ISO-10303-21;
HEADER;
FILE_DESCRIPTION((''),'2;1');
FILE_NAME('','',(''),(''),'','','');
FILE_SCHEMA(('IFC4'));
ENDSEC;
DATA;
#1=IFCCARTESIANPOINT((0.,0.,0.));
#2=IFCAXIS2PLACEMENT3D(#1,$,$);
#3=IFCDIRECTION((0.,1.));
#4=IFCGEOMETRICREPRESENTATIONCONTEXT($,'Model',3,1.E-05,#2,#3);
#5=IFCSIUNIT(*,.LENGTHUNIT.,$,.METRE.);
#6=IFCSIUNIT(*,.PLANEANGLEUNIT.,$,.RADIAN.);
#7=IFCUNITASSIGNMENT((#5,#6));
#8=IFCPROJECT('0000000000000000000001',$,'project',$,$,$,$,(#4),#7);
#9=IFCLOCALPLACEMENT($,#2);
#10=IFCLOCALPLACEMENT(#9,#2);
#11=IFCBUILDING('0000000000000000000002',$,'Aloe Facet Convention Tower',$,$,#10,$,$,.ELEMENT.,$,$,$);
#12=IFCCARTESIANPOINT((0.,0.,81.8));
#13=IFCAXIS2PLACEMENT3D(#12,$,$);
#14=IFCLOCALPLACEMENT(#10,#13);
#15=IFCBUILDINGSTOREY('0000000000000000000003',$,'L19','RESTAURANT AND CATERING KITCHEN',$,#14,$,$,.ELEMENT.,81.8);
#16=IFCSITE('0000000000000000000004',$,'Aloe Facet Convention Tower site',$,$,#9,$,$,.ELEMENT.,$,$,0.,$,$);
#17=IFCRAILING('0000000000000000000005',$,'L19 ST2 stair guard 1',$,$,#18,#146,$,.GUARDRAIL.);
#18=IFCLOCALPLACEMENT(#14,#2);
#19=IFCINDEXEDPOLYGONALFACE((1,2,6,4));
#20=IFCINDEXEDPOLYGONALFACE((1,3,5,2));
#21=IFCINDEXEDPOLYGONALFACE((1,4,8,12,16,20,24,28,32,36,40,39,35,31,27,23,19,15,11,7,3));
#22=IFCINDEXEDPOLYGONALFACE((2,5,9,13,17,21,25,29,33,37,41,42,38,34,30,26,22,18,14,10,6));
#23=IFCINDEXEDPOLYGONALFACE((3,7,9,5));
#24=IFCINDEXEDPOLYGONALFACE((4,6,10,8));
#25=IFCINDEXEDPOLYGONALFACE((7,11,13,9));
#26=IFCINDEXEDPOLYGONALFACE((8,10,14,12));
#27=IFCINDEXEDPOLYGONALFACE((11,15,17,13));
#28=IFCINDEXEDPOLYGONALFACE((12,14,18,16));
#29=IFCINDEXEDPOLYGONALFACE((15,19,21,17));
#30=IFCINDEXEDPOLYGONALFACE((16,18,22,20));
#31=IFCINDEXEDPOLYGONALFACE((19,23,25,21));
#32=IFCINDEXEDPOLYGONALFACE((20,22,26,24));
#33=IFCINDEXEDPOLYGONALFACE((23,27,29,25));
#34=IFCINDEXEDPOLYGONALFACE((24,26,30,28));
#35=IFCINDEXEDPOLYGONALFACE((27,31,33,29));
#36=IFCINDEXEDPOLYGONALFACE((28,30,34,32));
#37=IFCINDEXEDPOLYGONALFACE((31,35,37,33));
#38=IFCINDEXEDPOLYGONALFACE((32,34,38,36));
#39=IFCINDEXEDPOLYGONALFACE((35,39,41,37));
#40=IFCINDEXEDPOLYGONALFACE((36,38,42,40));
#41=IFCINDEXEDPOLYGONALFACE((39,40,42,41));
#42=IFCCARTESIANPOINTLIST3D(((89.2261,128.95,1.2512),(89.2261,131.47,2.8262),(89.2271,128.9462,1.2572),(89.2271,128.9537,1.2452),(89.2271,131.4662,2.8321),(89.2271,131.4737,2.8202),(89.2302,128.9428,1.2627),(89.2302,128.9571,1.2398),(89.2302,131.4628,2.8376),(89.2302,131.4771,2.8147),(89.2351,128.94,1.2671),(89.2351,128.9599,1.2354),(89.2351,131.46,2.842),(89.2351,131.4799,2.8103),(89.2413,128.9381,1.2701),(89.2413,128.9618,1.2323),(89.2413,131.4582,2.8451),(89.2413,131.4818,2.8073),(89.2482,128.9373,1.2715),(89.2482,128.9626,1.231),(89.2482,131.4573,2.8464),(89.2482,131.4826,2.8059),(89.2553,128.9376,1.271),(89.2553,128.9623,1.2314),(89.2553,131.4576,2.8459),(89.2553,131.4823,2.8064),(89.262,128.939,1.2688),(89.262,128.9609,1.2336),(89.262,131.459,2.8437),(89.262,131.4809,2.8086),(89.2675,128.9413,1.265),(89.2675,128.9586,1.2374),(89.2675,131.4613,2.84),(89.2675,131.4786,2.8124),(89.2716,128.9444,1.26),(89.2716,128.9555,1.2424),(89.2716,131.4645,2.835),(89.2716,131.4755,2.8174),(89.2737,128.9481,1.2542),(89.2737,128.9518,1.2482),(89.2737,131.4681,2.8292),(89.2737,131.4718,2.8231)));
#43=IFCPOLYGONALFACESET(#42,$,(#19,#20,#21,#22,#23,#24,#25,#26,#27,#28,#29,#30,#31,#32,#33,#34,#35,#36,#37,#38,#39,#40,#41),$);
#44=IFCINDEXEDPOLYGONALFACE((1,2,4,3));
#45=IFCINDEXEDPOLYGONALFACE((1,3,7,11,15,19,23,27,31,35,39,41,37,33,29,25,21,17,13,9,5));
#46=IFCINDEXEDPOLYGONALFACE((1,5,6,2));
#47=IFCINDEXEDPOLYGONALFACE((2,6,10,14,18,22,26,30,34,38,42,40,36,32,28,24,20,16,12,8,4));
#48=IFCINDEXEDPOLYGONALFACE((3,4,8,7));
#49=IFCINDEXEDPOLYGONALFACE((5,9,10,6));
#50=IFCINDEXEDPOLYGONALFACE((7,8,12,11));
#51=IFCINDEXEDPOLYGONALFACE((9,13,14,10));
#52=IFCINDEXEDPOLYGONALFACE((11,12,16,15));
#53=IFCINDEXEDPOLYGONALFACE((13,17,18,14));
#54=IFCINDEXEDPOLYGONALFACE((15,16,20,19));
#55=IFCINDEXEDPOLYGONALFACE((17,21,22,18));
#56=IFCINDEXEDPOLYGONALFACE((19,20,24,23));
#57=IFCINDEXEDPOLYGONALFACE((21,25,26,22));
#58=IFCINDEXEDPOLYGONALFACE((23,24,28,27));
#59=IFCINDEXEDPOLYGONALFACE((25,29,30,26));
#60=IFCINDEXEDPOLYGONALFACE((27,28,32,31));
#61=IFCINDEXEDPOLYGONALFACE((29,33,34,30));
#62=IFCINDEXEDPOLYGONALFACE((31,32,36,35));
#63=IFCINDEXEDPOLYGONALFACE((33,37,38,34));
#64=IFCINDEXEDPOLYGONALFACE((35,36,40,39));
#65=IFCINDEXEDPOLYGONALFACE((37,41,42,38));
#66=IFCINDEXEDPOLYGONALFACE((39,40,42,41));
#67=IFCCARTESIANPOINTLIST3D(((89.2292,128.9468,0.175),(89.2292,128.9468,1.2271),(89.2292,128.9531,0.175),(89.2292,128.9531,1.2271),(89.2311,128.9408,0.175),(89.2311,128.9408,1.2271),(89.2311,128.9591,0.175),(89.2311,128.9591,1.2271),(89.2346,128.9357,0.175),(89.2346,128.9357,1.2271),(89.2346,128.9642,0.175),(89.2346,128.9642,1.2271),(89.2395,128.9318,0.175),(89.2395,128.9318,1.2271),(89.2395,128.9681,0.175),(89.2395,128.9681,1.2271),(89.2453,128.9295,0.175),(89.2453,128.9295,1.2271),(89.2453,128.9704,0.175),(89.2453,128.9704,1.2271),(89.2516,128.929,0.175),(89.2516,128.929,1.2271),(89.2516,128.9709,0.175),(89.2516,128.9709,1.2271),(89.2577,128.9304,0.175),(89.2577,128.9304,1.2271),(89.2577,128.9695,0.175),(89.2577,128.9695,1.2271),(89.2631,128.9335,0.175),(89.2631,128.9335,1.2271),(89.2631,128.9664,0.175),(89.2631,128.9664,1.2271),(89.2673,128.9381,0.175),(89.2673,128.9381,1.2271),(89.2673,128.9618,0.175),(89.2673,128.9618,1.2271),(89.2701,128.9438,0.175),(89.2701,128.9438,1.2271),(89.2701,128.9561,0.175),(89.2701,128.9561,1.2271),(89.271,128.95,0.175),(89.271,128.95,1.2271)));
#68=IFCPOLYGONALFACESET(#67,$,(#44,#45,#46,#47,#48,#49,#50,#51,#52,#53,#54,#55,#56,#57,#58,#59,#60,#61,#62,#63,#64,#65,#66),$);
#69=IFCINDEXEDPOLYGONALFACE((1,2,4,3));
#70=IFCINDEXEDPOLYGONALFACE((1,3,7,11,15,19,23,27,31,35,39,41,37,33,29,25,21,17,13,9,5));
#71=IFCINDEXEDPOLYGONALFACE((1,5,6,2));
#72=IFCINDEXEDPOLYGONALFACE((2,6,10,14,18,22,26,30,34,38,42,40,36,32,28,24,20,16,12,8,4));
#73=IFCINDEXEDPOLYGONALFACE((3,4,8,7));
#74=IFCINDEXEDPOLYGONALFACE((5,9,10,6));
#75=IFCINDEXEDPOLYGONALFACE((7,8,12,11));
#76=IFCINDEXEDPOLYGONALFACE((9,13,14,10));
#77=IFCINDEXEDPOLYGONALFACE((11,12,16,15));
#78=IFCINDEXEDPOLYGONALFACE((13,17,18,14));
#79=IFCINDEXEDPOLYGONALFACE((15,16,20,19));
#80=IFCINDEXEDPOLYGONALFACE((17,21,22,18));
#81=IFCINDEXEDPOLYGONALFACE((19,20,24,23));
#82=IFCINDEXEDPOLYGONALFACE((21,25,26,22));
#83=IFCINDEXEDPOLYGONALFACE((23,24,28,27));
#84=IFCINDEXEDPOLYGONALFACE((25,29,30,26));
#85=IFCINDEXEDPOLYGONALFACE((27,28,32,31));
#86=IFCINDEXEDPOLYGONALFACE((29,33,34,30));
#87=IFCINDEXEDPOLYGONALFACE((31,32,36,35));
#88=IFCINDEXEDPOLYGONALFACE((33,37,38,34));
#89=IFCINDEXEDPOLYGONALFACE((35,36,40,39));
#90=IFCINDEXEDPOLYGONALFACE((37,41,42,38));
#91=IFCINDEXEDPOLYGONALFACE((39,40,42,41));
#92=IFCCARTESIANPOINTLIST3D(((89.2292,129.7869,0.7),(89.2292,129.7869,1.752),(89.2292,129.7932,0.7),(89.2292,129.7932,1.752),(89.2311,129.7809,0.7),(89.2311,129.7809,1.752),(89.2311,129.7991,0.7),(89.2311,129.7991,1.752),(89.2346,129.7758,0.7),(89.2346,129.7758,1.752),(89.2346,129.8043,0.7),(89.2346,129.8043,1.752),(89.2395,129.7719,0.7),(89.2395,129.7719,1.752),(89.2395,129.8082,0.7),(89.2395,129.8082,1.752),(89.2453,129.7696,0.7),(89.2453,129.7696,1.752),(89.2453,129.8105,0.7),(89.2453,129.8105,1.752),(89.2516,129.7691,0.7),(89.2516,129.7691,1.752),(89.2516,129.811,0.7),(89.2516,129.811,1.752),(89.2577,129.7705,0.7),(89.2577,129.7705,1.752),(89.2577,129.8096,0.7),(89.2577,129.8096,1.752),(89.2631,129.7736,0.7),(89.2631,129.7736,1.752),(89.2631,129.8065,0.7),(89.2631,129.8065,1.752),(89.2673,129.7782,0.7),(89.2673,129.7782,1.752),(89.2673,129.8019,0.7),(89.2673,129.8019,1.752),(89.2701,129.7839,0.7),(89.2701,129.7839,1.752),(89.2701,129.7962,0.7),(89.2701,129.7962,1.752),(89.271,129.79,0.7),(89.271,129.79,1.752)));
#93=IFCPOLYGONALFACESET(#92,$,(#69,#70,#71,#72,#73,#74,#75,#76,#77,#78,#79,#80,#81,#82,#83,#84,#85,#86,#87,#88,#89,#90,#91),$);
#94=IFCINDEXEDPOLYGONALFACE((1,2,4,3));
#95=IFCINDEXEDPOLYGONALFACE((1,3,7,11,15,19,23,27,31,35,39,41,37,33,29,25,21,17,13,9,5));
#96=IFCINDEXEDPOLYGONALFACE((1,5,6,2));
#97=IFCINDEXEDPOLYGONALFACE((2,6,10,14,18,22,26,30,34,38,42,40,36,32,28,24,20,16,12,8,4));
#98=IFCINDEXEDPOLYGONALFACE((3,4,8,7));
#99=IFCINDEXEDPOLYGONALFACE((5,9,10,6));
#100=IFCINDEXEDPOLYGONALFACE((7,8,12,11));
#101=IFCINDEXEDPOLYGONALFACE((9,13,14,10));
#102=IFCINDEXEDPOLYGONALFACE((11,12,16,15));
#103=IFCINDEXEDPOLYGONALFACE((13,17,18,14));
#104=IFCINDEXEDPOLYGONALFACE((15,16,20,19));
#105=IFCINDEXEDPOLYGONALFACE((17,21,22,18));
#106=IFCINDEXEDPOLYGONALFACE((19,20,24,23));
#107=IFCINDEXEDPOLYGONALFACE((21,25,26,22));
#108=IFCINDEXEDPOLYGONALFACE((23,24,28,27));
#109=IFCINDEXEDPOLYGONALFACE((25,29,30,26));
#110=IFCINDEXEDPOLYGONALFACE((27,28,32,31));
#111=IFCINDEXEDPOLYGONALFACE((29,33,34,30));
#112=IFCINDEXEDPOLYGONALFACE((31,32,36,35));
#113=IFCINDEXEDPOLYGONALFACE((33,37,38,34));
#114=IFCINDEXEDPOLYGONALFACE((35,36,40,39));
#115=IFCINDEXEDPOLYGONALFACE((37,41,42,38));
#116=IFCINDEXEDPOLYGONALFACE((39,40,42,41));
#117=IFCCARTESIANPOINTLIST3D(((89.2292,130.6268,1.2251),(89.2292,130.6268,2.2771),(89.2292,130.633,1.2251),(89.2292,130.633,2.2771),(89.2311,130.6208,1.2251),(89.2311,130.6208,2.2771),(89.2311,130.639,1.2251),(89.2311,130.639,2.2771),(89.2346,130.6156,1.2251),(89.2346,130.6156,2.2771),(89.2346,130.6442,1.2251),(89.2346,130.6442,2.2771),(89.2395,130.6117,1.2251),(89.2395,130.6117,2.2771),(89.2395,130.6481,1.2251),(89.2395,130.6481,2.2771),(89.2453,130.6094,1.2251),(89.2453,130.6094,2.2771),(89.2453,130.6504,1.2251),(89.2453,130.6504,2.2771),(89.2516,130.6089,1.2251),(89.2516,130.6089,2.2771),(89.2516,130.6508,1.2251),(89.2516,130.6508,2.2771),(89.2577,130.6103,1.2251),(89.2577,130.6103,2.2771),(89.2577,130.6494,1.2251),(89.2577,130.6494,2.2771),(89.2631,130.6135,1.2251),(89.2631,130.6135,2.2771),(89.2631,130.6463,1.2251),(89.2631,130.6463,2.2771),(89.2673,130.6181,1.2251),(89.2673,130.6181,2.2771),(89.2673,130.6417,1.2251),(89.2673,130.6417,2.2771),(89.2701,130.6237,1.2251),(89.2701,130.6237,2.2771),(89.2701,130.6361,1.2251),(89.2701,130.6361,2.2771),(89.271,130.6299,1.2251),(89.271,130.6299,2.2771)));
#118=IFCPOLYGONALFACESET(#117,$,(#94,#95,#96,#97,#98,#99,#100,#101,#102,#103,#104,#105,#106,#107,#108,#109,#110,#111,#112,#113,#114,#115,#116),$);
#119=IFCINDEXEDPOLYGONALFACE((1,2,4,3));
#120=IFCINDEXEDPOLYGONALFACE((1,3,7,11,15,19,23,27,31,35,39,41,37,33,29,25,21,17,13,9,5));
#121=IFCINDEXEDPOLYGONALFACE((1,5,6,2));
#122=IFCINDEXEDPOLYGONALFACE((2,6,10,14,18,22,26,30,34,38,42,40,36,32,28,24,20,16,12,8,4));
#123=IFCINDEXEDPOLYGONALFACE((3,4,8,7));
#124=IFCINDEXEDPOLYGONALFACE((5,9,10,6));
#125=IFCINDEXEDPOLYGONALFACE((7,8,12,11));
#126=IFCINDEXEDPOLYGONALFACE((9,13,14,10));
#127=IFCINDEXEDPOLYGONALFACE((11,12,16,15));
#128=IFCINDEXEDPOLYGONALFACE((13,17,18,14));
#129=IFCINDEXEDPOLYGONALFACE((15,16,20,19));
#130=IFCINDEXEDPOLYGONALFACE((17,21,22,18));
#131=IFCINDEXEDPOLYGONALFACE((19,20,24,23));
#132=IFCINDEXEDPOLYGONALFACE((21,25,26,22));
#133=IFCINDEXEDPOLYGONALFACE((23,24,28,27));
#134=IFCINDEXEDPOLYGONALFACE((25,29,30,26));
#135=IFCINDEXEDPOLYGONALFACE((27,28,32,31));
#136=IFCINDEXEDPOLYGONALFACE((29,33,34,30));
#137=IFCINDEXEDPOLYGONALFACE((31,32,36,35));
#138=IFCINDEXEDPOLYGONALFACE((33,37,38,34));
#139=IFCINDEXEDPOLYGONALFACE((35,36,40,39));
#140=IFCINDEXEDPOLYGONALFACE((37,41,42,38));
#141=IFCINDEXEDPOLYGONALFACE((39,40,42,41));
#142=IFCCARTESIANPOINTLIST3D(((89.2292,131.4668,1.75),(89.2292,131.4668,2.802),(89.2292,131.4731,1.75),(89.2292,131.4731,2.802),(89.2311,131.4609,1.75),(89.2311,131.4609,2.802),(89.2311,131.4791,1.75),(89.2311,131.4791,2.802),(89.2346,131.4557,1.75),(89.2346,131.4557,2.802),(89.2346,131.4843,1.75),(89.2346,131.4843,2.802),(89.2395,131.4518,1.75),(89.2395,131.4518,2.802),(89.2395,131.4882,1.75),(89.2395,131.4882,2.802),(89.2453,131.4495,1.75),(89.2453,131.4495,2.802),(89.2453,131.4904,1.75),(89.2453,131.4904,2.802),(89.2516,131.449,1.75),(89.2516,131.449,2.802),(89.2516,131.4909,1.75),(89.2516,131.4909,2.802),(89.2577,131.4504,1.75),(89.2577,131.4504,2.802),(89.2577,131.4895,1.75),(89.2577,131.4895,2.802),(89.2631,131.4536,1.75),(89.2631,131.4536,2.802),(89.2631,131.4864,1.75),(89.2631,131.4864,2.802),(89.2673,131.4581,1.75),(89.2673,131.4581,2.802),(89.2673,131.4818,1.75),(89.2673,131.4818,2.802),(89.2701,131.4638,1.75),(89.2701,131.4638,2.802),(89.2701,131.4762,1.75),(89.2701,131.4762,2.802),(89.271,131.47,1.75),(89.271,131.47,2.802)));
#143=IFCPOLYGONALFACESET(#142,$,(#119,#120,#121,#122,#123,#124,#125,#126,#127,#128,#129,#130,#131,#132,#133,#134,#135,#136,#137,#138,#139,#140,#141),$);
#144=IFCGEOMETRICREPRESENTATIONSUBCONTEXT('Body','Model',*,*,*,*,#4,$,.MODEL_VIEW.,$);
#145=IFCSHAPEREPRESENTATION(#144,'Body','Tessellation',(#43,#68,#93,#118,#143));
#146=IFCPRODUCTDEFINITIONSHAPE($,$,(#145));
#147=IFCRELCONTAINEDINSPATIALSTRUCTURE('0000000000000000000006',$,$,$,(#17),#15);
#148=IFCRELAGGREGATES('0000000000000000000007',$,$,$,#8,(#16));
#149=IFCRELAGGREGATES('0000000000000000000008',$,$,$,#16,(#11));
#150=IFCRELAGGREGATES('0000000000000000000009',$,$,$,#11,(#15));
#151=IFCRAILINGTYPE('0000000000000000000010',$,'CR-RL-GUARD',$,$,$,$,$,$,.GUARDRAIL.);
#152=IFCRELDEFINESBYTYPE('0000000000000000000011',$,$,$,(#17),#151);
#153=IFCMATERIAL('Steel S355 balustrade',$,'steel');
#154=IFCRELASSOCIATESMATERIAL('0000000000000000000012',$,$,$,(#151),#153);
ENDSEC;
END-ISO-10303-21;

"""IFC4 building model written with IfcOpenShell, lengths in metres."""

from ifc_helpers import new_model, si_unit, direction, frame, origin, origin_2d, place, context, subcontext, project, spatial, circle, extrude, material, type_object, element, save


model = new_model("IFC4")

# Units and contexts
model_context = context("Model", 3, precision=1e-05, world=origin(), true_north=direction((0.0, 1.0)))
body_context = subcontext(model_context, "Body", "Model", "MODEL_VIEW")
ifc_project = project(units=[si_unit("LENGTHUNIT", "METRE"), si_unit("PLANEANGLEUNIT", "RADIAN")], contexts=[model_context])

# Site, building, storey
site_placement = place(None, origin())
site = spatial("IfcSite", under=ifc_project, at=site_placement, Name="Aloe Facet Convention Tower site", CompositionType="ELEMENT", RefElevation=0.0)
building_placement = place(site_placement, origin())
building = spatial("IfcBuilding", under=site, at=building_placement, Name="Aloe Facet Convention Tower", CompositionType="ELEMENT")
storey_placement = place(building_placement, frame((0.0, 0.0, 81.8)))
storey = spatial("IfcBuildingStorey", under=building, at=storey_placement, Name="L19", Description="RESTAURANT AND CATERING KITCHEN", CompositionType="ELEMENT", Elevation=81.8)

# Railing
ifc_material_1 = material(Name="Steel S355 balustrade", Category="steel")
railing_type_1 = type_object("IfcRailingType", Name="CR-RL-GUARD", PredefinedType="GUARDRAIL", material=ifc_material_1)
railing_1_placement = place(storey_placement, frame((89.25, 128.95, 0.175)))
element("IfcRailing", 1, at=railing_1_placement, inside=storey, type_object=railing_type_1, Name="L19 ST2 stair guard 1", PredefinedType="GUARDRAIL", context=body_context, shape_type="SweptSolid", body=[
    extrude(circle(Radius=0.0239, at=origin_2d()), frame((0.0, 0.0, 1.0762), z_axis=(0.0, 0.848008, 0.529984), x_axis=(-1.0, 0.0, 0.0)), (0.0, 0.0, 1.0), 2.9717),
    extrude(circle(Radius=0.021, at=origin_2d()), origin(), (0.0, 0.0, 1.0), 1.052),
    extrude(circle(Radius=0.021, at=origin_2d()), frame((0.0, 0.8401, 0.5249)), (0.0, 0.0, 1.0), 1.052),
    extrude(circle(Radius=0.021, at=origin_2d()), frame((0.0, 1.6799, 1.05)), (0.0, 0.0, 1.0), 1.052),
    extrude(circle(Radius=0.021, at=origin_2d()), frame((0.0, 2.52, 1.575)), (0.0, 0.0, 1.0), 1.052),
])

save(model, "model.ifc")
